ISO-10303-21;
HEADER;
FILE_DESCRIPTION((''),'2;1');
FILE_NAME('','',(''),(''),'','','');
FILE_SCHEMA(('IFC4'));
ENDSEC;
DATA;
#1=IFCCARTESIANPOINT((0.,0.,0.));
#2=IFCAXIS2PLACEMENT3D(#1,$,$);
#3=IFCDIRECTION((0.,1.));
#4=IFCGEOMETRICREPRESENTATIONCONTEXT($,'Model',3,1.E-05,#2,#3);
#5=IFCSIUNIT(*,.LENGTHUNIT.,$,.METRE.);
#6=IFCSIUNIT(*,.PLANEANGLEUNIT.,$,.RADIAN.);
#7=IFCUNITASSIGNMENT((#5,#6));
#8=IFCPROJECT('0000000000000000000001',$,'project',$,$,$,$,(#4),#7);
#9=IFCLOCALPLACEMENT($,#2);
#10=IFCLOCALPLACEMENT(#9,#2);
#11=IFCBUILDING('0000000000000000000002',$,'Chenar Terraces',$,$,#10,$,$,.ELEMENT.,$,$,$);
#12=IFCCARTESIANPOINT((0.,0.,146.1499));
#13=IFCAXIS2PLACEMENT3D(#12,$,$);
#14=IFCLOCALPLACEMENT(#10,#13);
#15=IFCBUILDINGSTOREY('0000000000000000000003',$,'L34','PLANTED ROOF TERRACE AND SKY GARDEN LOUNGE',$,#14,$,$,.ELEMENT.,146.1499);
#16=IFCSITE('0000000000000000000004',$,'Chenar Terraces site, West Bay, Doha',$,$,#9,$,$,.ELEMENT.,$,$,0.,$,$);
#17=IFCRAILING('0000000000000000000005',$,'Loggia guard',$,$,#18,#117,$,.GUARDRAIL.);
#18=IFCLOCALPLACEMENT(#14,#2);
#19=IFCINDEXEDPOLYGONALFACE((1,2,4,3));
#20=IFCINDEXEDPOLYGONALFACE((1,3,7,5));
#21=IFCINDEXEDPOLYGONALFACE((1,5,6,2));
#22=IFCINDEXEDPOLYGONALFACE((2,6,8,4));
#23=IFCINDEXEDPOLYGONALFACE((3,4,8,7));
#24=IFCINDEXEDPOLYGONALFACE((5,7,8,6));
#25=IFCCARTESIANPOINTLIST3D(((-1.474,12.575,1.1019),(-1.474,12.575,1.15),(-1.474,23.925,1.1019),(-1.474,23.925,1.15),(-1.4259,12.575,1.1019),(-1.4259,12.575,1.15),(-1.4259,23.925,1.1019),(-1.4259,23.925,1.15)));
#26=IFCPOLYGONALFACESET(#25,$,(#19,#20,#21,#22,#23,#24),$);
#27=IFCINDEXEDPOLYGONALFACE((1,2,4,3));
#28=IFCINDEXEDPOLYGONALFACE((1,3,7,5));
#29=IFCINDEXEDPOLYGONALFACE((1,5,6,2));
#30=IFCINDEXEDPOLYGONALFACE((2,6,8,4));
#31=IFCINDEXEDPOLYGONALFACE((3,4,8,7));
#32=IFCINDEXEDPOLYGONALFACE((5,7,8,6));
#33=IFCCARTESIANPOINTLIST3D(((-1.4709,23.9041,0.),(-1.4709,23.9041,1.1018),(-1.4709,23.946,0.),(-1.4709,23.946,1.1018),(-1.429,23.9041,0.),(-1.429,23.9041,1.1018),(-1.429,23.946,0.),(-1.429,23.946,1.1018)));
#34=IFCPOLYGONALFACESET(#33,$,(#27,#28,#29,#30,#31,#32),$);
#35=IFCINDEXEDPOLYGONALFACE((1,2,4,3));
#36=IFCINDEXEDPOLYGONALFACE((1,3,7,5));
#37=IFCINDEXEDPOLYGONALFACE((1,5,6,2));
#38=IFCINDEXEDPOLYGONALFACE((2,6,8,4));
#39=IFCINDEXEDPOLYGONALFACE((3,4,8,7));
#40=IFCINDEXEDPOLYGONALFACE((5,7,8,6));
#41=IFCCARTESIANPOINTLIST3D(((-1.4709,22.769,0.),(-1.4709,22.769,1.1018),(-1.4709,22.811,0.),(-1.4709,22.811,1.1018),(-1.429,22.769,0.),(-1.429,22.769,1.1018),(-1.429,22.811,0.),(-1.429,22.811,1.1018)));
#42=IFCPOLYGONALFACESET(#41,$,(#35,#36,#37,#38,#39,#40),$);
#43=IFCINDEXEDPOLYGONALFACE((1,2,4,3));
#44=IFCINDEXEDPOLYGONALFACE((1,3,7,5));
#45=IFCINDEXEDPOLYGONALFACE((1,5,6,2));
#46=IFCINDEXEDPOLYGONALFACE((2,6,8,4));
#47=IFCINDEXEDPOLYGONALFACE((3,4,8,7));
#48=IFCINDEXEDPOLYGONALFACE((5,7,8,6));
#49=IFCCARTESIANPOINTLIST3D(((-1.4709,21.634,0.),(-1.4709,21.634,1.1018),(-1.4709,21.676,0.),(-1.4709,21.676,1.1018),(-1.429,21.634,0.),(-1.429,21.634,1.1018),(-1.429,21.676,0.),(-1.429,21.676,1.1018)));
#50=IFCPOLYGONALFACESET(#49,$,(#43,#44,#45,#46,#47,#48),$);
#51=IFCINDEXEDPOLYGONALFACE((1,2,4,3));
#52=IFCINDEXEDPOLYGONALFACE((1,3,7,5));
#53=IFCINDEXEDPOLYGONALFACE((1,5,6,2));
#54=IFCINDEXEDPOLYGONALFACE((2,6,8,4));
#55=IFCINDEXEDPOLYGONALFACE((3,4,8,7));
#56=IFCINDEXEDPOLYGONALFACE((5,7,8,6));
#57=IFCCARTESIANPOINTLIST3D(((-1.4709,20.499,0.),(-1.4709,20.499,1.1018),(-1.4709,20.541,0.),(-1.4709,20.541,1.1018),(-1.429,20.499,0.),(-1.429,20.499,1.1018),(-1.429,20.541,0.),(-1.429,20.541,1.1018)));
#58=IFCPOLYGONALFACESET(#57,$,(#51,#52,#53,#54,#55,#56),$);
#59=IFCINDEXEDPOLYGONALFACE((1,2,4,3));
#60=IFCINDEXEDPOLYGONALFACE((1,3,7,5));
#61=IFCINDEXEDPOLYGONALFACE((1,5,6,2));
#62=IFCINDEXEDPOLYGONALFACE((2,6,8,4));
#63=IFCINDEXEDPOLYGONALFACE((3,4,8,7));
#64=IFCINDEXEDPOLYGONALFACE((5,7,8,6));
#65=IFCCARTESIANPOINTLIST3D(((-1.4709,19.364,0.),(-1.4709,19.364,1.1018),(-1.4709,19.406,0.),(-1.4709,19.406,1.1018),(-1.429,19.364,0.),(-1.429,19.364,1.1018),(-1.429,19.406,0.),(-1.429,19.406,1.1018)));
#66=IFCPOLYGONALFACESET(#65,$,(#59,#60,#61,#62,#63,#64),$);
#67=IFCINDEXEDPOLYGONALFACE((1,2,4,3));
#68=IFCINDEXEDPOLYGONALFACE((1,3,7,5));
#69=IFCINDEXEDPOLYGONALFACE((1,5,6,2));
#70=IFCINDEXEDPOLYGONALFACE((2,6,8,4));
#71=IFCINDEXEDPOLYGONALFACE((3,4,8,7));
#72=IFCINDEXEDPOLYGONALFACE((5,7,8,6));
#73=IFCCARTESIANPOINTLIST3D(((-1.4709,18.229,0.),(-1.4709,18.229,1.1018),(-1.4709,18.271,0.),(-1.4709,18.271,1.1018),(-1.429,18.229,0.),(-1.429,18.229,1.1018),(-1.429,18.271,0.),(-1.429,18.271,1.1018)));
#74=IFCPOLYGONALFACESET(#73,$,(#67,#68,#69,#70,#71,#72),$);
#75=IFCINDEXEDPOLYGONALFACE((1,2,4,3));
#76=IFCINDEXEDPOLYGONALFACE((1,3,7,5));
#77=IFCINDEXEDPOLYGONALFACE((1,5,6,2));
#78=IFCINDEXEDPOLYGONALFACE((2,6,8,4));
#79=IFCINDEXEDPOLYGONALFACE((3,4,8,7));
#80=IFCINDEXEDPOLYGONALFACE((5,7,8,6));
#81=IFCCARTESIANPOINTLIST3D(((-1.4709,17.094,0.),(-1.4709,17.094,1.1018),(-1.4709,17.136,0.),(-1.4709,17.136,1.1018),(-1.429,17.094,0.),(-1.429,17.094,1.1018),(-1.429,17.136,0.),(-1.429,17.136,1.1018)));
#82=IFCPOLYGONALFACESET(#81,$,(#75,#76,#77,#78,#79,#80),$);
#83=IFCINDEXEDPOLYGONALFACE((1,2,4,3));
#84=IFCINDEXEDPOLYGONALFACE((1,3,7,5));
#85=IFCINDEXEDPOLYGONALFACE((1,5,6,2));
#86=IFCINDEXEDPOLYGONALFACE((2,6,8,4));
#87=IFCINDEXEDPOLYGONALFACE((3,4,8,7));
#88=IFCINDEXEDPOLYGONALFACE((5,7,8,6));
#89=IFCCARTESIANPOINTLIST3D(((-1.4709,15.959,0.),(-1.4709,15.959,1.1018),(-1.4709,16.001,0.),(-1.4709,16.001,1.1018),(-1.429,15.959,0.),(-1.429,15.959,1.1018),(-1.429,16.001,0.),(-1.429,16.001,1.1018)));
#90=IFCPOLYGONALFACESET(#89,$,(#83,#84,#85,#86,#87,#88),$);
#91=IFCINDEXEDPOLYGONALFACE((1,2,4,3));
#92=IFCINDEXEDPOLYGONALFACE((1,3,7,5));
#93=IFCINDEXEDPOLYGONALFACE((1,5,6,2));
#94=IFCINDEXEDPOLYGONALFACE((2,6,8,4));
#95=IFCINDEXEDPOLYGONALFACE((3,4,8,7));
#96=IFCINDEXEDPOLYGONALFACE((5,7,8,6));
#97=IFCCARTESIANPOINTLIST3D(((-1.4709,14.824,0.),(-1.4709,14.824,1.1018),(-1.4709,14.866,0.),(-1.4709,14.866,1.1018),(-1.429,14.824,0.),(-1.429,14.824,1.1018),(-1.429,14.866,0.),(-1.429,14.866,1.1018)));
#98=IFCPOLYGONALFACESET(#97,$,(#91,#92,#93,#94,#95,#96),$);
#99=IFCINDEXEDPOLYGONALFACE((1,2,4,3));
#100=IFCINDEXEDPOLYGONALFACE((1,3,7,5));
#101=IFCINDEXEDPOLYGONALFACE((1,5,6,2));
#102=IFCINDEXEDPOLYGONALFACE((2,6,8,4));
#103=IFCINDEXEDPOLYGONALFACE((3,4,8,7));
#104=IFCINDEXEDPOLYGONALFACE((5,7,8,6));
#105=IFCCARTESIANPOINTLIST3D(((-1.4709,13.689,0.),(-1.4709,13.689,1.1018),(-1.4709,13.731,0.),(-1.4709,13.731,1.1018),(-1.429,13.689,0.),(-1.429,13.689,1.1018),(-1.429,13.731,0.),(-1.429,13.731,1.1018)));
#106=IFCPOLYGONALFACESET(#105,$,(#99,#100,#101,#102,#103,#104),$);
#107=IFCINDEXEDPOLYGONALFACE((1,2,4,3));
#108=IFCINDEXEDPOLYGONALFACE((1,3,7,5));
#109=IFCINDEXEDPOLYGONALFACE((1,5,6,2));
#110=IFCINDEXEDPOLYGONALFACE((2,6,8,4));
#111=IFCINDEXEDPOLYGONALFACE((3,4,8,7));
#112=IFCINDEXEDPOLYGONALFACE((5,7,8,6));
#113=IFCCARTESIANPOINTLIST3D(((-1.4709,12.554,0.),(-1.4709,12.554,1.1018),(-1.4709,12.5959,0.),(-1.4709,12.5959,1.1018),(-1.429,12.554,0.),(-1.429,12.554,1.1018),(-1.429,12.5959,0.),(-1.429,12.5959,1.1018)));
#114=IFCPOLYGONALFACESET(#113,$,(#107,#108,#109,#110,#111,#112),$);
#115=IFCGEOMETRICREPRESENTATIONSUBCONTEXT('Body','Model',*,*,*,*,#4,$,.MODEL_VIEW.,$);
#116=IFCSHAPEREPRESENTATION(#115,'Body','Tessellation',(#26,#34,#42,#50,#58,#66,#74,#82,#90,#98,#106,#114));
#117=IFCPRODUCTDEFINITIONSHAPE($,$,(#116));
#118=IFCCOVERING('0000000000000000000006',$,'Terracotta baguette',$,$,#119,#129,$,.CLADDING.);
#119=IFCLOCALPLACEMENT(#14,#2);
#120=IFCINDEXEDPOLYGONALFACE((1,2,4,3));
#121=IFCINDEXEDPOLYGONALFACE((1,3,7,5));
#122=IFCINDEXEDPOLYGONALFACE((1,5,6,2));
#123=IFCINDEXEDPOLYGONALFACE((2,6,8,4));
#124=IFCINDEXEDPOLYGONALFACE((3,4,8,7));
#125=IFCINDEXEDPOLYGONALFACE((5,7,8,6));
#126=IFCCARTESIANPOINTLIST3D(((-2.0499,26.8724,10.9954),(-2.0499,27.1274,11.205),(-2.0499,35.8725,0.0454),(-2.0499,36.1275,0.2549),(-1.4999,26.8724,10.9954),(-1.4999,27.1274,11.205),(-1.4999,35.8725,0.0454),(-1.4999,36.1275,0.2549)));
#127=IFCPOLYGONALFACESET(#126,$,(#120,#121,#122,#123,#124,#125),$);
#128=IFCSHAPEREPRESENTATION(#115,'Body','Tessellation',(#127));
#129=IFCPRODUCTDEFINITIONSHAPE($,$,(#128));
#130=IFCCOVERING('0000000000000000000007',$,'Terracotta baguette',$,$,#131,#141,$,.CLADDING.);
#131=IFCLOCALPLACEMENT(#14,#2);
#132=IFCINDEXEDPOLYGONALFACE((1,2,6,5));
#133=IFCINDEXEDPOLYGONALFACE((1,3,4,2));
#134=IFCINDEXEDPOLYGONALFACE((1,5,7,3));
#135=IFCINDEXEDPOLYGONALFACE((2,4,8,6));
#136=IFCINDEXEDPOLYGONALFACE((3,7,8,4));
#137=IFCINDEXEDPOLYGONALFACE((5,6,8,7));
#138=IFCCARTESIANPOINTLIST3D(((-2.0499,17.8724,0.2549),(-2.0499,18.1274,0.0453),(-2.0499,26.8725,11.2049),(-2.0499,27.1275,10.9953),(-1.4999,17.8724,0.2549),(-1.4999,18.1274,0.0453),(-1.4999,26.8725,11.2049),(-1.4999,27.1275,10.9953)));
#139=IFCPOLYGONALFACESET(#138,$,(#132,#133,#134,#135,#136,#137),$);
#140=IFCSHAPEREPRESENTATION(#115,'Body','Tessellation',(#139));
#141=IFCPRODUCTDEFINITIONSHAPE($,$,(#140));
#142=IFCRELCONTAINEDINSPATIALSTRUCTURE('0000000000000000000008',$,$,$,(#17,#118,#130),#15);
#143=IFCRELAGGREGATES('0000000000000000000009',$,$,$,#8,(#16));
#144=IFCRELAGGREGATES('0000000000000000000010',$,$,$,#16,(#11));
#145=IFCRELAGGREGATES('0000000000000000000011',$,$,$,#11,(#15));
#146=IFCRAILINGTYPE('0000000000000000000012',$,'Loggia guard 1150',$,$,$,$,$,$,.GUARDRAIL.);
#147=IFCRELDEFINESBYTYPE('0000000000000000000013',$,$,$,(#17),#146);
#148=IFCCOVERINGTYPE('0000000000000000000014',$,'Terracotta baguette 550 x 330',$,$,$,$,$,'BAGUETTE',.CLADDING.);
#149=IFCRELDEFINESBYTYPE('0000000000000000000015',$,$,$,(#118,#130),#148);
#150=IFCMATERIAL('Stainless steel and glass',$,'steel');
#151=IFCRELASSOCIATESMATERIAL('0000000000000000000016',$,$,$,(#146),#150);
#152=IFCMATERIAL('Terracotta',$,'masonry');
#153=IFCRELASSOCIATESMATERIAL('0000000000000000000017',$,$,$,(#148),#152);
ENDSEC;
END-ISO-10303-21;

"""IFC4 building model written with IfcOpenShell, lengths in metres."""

from ifc_helpers import new_model, si_unit, direction, frame, origin, origin_2d, place, context, subcontext, project, spatial, rectangle, extrude, material, material_profile, profile_set, type_object, element, save


model = new_model("IFC4")

# Units and contexts
model_context = context("Model", 3, precision=1e-05, world=origin(), true_north=direction((0.0, 1.0)))
body_context = subcontext(model_context, "Body", "Model", "MODEL_VIEW")
ifc_project = project(units=[si_unit("LENGTHUNIT", "METRE"), si_unit("PLANEANGLEUNIT", "RADIAN")], contexts=[model_context])

# Site, building, storey
site_placement = place(None, origin())
site = spatial("IfcSite", under=ifc_project, at=site_placement, Name="Chenar Terraces site, West Bay, Doha", CompositionType="ELEMENT", RefElevation=0.0)
building_placement = place(site_placement, origin())
building = spatial("IfcBuilding", under=site, at=building_placement, Name="Chenar Terraces", CompositionType="ELEMENT")
storey_placement = place(building_placement, frame((0.0, 0.0, 146.1499)))
storey = spatial("IfcBuildingStorey", under=building, at=storey_placement, Name="L34", Description="PLANTED ROOF TERRACE AND SKY GARDEN LOUNGE", CompositionType="ELEMENT", Elevation=146.1499)

# Railing
ifc_material_1 = material(Name="Stainless steel and glass", Category="steel")
railing_type = type_object("IfcRailingType", Name="Loggia guard 1150", PredefinedType="GUARDRAIL", material=ifc_material_1)
railing_placement = place(storey_placement, frame((-1.45, 23.925, 0.0)))
element("IfcRailing", 1, at=railing_placement, inside=storey, type_object=railing_type, Name="Loggia guard", PredefinedType="GUARDRAIL", context=body_context, shape_type="SweptSolid", body=[
    extrude(rectangle(XDim=0.0481, YDim=0.0481, at=origin_2d()), frame((0.0, 0.0, 1.126), z_axis=(0.0, -1.0, 0.0), x_axis=(1.0, 0.0, 0.0)), (0.0, 0.0, 1.0), 11.3501),
    extrude(rectangle(XDim=0.042, YDim=0.042, at=origin_2d()), origin(), (0.0, 0.0, 1.0), 1.1018),
    extrude(rectangle(XDim=0.042, YDim=0.042, at=origin_2d()), frame((0.0, -1.135, 0.0)), (0.0, 0.0, 1.0), 1.1018),
    extrude(rectangle(XDim=0.042, YDim=0.042, at=origin_2d()), frame((0.0, -2.27, 0.0)), (0.0, 0.0, 1.0), 1.1018),
    extrude(rectangle(XDim=0.042, YDim=0.042, at=origin_2d()), frame((0.0, -3.405, 0.0)), (0.0, 0.0, 1.0), 1.1018),
    extrude(rectangle(XDim=0.042, YDim=0.042, at=origin_2d()), frame((0.0, -4.54, 0.0)), (0.0, 0.0, 1.0), 1.1018),
    extrude(rectangle(XDim=0.042, YDim=0.042, at=origin_2d()), frame((0.0, -5.675, 0.0)), (0.0, 0.0, 1.0), 1.1018),
    extrude(rectangle(XDim=0.042, YDim=0.042, at=origin_2d()), frame((0.0, -6.8101, 0.0)), (0.0, 0.0, 1.0), 1.1018),
    extrude(rectangle(XDim=0.042, YDim=0.042, at=origin_2d()), frame((0.0, -7.9451, 0.0)), (0.0, 0.0, 1.0), 1.1018),
    extrude(rectangle(XDim=0.042, YDim=0.042, at=origin_2d()), frame((0.0, -9.0801, 0.0)), (0.0, 0.0, 1.0), 1.1018),
    extrude(rectangle(XDim=0.042, YDim=0.042, at=origin_2d()), frame((0.0, -10.2151, 0.0)), (0.0, 0.0, 1.0), 1.1018),
    extrude(rectangle(XDim=0.042, YDim=0.042, at=origin_2d()), frame((0.0, -11.3501, 0.0)), (0.0, 0.0, 1.0), 1.1018),
])

# Coverings
ifc_material_2 = material(Name="Terracotta", Category="masonry")
ifc_material_profile_1 = material_profile(ifc_material_2, rectangle(XDim=0.55, YDim=0.3301, at=origin_2d()), Name="Terracotta baguette 550 x 330")
ifc_profile_set_1 = profile_set([ifc_material_profile_1], Name="Terracotta")
covering_type = type_object("IfcCoveringType", Name="Terracotta baguette 550 x 330", ElementType="BAGUETTE", PredefinedType="CLADDING", material=ifc_profile_set_1)
for number, where, z_axis, x_axis, name in (
    (2, (-1.7749, 36.0, 0.1501), (0.0, -0.634967, 0.772539), (1.0, 0.0, 0.0), "Terracotta baguette"),
    (3, (-1.7749, 27.0, 11.1001), (0.0, -0.634967, -0.772539), (1.0, 0.0, 0.0), "Terracotta baguette"),
):
    element("IfcCovering", number, at=place(storey_placement, frame(where, z_axis=z_axis, x_axis=x_axis)), inside=storey, type_object=covering_type, Name=name, PredefinedType="CLADDING", context=body_context, shape_type="SweptSolid", body=[
        extrude(rectangle(XDim=0.55, YDim=0.3301, at=origin_2d()), origin(), (0.0, 0.0, 1.0), 14.1741),
    ])

save(model, "model.ifc")
